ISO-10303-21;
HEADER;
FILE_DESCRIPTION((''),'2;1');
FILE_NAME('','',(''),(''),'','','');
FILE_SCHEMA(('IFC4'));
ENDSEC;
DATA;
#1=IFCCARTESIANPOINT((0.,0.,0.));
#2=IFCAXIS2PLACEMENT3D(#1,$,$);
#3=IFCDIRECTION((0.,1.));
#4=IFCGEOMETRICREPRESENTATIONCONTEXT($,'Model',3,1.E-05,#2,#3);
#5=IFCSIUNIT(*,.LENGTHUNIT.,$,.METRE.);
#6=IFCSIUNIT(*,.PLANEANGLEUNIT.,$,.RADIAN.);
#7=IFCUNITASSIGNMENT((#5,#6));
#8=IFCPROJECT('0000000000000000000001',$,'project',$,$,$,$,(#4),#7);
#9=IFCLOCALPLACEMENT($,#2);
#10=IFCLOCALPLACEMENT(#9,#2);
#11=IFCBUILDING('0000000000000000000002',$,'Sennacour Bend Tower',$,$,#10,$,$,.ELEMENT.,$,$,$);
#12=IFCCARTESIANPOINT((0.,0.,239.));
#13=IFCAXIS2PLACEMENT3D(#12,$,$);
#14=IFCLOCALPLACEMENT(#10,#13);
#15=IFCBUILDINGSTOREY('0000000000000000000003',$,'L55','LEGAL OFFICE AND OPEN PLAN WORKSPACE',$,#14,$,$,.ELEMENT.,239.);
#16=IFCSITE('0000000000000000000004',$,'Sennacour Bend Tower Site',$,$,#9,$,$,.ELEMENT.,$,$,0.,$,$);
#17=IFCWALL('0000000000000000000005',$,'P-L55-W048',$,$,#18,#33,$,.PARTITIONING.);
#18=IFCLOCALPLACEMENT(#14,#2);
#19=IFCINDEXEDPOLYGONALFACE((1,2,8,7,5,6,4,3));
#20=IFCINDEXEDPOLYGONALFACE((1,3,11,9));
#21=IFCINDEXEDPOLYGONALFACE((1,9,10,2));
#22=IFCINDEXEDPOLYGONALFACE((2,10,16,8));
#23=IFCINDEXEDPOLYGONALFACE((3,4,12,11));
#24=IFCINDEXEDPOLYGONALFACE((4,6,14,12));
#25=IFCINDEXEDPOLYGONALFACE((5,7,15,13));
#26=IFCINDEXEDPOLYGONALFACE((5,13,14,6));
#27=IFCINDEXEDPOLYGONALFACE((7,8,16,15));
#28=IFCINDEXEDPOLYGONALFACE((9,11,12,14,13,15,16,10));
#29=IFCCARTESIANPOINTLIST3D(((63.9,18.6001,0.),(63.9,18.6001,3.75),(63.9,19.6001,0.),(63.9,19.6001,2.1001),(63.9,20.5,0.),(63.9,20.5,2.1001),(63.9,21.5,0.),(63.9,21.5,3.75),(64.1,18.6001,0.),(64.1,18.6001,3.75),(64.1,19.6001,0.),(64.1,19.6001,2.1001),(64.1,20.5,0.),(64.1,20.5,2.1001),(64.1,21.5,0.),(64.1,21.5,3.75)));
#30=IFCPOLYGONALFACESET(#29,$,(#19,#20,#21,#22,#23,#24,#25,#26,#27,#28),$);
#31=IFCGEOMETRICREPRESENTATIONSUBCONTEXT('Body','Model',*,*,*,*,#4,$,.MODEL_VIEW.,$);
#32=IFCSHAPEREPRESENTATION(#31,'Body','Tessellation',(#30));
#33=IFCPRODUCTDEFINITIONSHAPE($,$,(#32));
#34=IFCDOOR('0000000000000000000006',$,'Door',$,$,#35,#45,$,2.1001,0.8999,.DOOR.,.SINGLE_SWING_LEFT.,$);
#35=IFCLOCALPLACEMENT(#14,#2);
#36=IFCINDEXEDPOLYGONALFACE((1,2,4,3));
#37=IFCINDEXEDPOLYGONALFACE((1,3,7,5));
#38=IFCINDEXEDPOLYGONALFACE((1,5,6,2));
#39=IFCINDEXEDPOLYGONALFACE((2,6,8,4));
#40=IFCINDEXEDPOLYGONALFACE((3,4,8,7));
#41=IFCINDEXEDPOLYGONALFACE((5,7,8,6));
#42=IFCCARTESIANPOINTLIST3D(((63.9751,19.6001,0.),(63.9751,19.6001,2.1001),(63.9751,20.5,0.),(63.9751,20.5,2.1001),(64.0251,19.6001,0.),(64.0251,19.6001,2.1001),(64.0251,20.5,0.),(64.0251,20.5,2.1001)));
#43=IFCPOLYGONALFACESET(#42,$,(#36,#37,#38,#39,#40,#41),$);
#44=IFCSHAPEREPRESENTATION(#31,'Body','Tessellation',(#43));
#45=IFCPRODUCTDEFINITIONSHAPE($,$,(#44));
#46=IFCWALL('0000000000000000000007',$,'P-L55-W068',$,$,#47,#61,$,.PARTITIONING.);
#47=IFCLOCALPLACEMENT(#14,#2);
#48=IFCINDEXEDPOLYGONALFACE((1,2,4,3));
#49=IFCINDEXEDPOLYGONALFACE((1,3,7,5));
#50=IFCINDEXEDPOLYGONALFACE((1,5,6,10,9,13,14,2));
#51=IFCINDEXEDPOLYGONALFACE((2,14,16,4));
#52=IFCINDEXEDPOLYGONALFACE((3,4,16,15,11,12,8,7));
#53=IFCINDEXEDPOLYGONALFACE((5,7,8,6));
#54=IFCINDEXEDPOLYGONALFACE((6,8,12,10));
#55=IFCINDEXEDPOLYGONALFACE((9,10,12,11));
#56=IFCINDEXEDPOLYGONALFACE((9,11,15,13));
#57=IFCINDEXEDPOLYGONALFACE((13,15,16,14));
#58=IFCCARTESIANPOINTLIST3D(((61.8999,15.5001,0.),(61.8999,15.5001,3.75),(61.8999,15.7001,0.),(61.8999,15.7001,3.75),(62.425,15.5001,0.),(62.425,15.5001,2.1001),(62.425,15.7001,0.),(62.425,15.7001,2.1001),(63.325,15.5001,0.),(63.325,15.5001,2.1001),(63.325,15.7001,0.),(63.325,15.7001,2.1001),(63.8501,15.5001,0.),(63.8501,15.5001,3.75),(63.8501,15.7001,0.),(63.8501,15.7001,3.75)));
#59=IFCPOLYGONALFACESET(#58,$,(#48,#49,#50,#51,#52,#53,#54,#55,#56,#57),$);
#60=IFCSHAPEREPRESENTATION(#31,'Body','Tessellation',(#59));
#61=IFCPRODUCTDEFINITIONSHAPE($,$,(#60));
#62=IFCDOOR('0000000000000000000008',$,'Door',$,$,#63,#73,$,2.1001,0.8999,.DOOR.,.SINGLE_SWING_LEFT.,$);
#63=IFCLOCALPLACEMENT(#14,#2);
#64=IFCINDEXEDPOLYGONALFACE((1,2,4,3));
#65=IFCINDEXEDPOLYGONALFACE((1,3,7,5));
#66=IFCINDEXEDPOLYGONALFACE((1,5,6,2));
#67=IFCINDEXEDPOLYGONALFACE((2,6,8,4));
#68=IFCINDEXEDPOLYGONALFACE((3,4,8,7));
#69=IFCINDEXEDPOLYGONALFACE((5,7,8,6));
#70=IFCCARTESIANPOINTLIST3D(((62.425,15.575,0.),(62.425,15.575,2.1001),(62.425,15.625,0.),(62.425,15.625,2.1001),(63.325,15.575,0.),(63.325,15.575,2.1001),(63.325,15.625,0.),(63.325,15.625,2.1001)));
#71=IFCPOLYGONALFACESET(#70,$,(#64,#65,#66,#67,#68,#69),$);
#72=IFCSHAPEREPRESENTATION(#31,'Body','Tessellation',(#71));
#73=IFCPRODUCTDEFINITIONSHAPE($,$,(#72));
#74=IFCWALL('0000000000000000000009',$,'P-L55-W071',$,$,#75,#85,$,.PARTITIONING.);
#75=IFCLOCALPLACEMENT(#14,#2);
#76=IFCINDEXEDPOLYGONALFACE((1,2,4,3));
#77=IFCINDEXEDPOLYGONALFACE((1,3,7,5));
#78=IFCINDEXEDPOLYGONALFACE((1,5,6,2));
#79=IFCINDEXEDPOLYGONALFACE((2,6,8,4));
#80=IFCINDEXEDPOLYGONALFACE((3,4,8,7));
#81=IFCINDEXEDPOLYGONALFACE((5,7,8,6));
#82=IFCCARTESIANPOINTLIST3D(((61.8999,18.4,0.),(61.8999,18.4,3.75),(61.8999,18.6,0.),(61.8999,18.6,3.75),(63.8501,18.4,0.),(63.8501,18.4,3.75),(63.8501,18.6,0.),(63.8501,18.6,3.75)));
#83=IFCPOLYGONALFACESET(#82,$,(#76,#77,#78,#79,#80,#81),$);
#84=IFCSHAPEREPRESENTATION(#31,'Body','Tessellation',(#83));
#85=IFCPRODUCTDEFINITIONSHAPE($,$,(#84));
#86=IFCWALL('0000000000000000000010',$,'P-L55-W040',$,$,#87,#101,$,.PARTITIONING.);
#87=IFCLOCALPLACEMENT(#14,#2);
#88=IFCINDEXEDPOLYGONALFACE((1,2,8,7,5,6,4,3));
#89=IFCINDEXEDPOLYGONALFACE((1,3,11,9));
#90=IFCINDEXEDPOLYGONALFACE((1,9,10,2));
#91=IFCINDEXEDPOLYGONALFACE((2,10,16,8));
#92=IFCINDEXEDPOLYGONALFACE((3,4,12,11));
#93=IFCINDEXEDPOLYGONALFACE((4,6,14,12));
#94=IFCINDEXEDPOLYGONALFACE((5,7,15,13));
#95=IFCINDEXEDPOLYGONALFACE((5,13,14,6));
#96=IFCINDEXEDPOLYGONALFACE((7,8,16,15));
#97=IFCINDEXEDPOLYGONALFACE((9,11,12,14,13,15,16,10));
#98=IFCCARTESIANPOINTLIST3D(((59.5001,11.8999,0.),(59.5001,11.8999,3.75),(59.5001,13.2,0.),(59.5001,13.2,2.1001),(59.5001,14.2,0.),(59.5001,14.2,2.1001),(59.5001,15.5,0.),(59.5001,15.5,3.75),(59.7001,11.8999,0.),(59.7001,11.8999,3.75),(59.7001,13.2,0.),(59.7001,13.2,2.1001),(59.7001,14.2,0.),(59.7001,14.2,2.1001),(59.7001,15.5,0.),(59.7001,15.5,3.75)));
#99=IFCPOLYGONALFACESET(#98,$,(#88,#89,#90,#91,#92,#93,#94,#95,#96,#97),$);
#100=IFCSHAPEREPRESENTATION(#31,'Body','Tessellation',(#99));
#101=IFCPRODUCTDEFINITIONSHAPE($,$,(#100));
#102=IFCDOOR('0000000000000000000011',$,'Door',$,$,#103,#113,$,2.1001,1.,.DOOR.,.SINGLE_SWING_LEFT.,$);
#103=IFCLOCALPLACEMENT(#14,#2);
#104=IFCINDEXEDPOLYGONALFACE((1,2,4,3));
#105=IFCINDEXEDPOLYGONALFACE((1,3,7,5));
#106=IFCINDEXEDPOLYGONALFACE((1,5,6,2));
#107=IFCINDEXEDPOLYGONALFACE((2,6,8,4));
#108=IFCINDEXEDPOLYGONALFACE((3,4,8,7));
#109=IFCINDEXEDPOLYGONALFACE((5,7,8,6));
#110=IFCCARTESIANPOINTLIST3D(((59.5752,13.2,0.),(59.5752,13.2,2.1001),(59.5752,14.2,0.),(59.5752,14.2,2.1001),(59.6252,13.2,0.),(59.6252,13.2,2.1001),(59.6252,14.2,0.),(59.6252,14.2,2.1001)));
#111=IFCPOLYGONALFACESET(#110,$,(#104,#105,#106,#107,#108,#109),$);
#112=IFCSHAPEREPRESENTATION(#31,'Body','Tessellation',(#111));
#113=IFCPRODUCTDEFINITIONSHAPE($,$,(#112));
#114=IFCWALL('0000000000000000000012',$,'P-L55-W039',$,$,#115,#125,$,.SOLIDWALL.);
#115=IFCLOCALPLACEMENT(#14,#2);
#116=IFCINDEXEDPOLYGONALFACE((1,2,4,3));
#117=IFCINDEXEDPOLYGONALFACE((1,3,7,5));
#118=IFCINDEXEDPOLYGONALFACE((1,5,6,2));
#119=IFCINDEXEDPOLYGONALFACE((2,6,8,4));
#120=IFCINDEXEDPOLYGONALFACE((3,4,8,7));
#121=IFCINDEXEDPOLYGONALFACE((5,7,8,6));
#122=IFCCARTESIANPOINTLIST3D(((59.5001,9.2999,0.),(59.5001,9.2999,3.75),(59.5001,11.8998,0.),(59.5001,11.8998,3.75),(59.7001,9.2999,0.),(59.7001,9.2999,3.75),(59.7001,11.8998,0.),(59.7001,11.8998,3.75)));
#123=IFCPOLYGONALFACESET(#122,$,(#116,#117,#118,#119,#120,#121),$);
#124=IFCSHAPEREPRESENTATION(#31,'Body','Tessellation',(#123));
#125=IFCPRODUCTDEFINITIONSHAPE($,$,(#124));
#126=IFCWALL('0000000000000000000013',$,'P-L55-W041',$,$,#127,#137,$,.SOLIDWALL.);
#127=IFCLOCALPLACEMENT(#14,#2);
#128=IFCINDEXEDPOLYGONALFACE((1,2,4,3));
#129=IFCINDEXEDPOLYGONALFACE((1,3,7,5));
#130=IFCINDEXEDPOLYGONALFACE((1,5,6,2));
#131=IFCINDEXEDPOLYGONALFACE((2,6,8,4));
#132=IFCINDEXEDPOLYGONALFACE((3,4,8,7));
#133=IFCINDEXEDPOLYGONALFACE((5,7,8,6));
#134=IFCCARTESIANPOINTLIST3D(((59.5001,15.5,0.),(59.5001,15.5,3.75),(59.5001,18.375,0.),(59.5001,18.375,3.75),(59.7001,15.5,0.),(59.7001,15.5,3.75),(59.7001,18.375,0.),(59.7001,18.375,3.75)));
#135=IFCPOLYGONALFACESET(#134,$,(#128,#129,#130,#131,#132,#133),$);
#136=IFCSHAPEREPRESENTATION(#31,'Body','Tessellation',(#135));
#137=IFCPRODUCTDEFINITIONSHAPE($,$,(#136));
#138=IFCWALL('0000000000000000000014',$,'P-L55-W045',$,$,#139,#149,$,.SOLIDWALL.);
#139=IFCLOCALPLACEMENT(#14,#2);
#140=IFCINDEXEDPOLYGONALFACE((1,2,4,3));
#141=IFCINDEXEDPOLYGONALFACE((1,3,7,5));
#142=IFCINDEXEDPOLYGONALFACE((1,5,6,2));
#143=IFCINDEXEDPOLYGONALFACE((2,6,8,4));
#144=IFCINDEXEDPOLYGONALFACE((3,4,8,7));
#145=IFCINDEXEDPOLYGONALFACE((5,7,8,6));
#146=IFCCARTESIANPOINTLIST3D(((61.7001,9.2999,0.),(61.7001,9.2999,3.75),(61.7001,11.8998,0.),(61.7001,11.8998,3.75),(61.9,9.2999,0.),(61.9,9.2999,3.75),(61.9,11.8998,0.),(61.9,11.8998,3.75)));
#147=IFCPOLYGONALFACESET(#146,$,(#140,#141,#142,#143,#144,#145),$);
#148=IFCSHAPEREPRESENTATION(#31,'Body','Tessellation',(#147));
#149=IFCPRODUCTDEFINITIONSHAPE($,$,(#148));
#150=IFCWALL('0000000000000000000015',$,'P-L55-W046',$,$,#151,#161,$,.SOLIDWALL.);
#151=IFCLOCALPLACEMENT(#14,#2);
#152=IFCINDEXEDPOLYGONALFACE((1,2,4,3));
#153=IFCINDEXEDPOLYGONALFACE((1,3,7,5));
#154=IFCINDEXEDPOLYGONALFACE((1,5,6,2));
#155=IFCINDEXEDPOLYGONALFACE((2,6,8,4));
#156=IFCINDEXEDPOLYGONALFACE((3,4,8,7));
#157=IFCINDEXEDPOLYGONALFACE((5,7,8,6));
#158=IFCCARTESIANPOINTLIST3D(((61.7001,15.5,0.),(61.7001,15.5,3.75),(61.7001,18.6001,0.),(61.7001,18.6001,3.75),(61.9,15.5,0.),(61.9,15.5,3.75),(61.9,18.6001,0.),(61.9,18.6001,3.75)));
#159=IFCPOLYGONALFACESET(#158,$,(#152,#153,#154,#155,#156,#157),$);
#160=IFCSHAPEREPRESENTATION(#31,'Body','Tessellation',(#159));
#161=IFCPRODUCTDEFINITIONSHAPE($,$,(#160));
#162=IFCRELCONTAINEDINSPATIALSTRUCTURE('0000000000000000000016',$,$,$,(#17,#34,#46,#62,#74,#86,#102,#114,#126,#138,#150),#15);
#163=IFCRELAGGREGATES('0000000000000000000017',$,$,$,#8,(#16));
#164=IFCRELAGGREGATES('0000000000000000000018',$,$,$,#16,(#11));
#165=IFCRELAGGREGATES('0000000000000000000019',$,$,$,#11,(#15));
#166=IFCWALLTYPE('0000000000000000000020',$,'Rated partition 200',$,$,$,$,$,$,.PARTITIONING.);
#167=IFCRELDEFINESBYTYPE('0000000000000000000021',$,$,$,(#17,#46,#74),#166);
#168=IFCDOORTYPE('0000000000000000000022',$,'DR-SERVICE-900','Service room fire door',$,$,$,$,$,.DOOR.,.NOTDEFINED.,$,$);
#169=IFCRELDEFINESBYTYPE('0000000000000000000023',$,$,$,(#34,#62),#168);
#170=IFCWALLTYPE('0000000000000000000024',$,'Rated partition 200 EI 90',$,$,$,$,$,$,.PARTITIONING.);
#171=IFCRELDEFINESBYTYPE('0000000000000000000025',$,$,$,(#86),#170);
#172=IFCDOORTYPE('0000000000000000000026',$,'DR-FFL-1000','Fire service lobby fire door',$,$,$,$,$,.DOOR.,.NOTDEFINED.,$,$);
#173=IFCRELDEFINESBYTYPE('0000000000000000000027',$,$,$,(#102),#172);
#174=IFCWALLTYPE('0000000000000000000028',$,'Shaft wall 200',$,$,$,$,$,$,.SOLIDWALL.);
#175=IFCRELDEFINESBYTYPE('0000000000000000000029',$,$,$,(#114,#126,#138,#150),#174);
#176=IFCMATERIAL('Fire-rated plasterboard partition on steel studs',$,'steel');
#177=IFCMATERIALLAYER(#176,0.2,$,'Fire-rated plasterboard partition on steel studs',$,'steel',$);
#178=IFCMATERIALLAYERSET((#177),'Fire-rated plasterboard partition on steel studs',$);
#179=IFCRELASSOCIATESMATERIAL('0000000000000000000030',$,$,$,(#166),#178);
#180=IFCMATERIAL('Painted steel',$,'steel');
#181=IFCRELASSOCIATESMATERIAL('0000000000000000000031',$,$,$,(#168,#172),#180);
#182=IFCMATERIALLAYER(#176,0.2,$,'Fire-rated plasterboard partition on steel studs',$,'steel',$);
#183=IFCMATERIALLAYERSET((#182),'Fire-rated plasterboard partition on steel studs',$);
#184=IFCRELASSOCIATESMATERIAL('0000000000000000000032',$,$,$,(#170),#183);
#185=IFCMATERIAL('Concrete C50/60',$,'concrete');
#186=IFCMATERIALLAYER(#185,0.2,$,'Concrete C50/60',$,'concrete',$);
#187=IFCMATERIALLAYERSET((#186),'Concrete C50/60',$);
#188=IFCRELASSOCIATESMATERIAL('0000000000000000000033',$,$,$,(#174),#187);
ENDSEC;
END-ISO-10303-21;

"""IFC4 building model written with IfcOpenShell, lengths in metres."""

from ifc_helpers import new_model, si_unit, direction, frame, frame_2d, origin, place, context, subcontext, project, spatial, rectangle, extrude, material, layer, layer_set, type_object, element, fill, save


model = new_model("IFC4")

# Units and contexts
model_context = context("Model", 3, precision=1e-05, world=origin(), true_north=direction((0.0, 1.0)))
body_context = subcontext(model_context, "Body", "Model", "MODEL_VIEW")
ifc_project = project(units=[si_unit("LENGTHUNIT", "METRE"), si_unit("PLANEANGLEUNIT", "RADIAN")], contexts=[model_context])

# Site, building, storey
site_placement = place(None, origin())
site = spatial("IfcSite", under=ifc_project, at=site_placement, Name="Sennacour Bend Tower Site", CompositionType="ELEMENT", RefElevation=0.0)
building_placement = place(site_placement, origin())
building = spatial("IfcBuilding", under=site, at=building_placement, Name="Sennacour Bend Tower", CompositionType="ELEMENT")
storey_placement = place(building_placement, frame((0.0, 0.0, 239.0)))
storey = spatial("IfcBuildingStorey", under=building, at=storey_placement, Name="L55", Description="LEGAL OFFICE AND OPEN PLAN WORKSPACE", CompositionType="ELEMENT", Elevation=239.0)

# Walls, openings, doors
ifc_material_1 = material(Name="Fire-rated plasterboard partition on steel studs", Category="steel")
ifc_layer_1 = layer(ifc_material_1, 0.2, Name="Fire-rated plasterboard partition on steel studs", Category="steel")
ifc_layer_set_1 = layer_set([ifc_layer_1], Name="Fire-rated plasterboard partition on steel studs")
wall_type_1 = type_object("IfcWallType", Name="Rated partition 200", PredefinedType="PARTITIONING", material=ifc_layer_set_1)
wall_1_placement = place(storey_placement, frame((64.0, 18.6001, 0.0), z_axis=(0.0, 0.0, 1.0), x_axis=(0.0, 1.0, 0.0)))
wall_1 = element("IfcWall", 1, at=wall_1_placement, inside=storey, type_object=wall_type_1, Name="P-L55-W048", PredefinedType="PARTITIONING", context=body_context, shape_type="SweptSolid", body=[
    extrude(rectangle(XDim=2.8999, YDim=0.2, at=frame_2d((1.45, 0.0))), origin(), (0.0, 0.0, 1.0), 3.75),
])
opening_1_placement = place(wall_1_placement, frame((1.0, 0.0, 0.0)))
opening_1 = element("IfcOpeningElement", 2, at=opening_1_placement, cuts=wall_1, PredefinedType="OPENING", context=body_context, shape_type="SweptSolid", body=[
    extrude(rectangle(XDim=0.8999, YDim=2.1001, at=frame_2d((0.45, 1.05))), frame((0.0, 0.1099, 0.0), z_axis=(0.0, -1.0, 0.0), x_axis=(1.0, 0.0, 0.0)), (0.0, 0.0, 1.0), 0.22),
])
ifc_material_2 = material(Name="Painted steel", Category="steel")
door_type_1 = type_object("IfcDoorType", Name="DR-SERVICE-900", Description="Service room fire door", OperationType="NOTDEFINED", PredefinedType="DOOR", material=ifc_material_2)
door_1_placement = place(opening_1_placement, origin())
door_1 = element("IfcDoor", 3, at=door_1_placement, inside=storey, type_object=door_type_1, Name="Door", OperationType="SINGLE_SWING_LEFT", OverallHeight=2.1001, OverallWidth=0.8999, PredefinedType="DOOR", context=body_context, shape_type="SweptSolid", body=[
    extrude(rectangle(XDim=0.8999, YDim=2.1001, at=frame_2d((0.45, 1.05))), frame((0.0, 0.0249, 0.0), z_axis=(0.0, -1.0, 0.0), x_axis=(1.0, 0.0, 0.0)), (0.0, 0.0, 1.0), 0.05),
])
fill(opening_1, door_1)
wall_2_placement = place(storey_placement, frame((61.8999, 15.6001, 0.0), z_axis=(0.0, 0.0, 1.0), x_axis=(1.0, 0.0, 0.0)))
wall_2 = element("IfcWall", 4, at=wall_2_placement, inside=storey, type_object=wall_type_1, Name="P-L55-W068", PredefinedType="PARTITIONING", context=body_context, shape_type="SweptSolid", body=[
    extrude(rectangle(XDim=1.9502, YDim=0.2, at=frame_2d((0.9751, 0.0))), origin(), (0.0, 0.0, 1.0), 3.75),
])
opening_2_placement = place(wall_2_placement, frame((0.5251, 0.0, 0.0)))
opening_2 = element("IfcOpeningElement", 5, at=opening_2_placement, cuts=wall_2, PredefinedType="OPENING", context=body_context, shape_type="SweptSolid", body=[
    extrude(rectangle(XDim=0.8999, YDim=2.1001, at=frame_2d((0.45, 1.05))), frame((0.0, 0.1099, 0.0), z_axis=(0.0, -1.0, 0.0), x_axis=(1.0, 0.0, 0.0)), (0.0, 0.0, 1.0), 0.22),
])
door_2_placement = place(opening_2_placement, origin())
door_2 = element("IfcDoor", 6, at=door_2_placement, inside=storey, type_object=door_type_1, Name="Door", OperationType="SINGLE_SWING_LEFT", OverallHeight=2.1001, OverallWidth=0.8999, PredefinedType="DOOR", context=body_context, shape_type="SweptSolid", body=[
    extrude(rectangle(XDim=0.8999, YDim=2.1001, at=frame_2d((0.45, 1.05))), frame((0.0, 0.0249, 0.0), z_axis=(0.0, -1.0, 0.0), x_axis=(1.0, 0.0, 0.0)), (0.0, 0.0, 1.0), 0.05),
])
fill(opening_2, door_2)

# Wall
wall_3_placement = place(storey_placement, frame((61.8999, 18.5, 0.0), z_axis=(0.0, 0.0, 1.0), x_axis=(1.0, 0.0, 0.0)))
element("IfcWall", 7, at=wall_3_placement, inside=storey, type_object=wall_type_1, Name="P-L55-W071", PredefinedType="PARTITIONING", context=body_context, shape_type="SweptSolid", body=[
    extrude(rectangle(XDim=1.9502, YDim=0.2, at=frame_2d((0.9751, 0.0))), origin(), (0.0, 0.0, 1.0), 3.75),
])

# Wall, opening, door
ifc_layer_2 = layer(ifc_material_1, 0.2, Name="Fire-rated plasterboard partition on steel studs", Category="steel")
ifc_layer_set_2 = layer_set([ifc_layer_2], Name="Fire-rated plasterboard partition on steel studs")
wall_type_2 = type_object("IfcWallType", Name="Rated partition 200 EI 90", PredefinedType="PARTITIONING", material=ifc_layer_set_2)
wall_4_placement = place(storey_placement, frame((59.6001, 11.8999, 0.0), z_axis=(0.0, 0.0, 1.0), x_axis=(0.0, 1.0, 0.0)))
wall_4 = element("IfcWall", 8, at=wall_4_placement, inside=storey, type_object=wall_type_2, Name="P-L55-W040", PredefinedType="PARTITIONING", context=body_context, shape_type="SweptSolid", body=[
    extrude(rectangle(XDim=3.6001, YDim=0.2, at=frame_2d((1.8, 0.0))), origin(), (0.0, 0.0, 1.0), 3.75),
])
opening_3_placement = place(wall_4_placement, frame((1.3, 0.0, 0.0)))
opening_3 = element("IfcOpeningElement", 9, at=opening_3_placement, cuts=wall_4, PredefinedType="OPENING", context=body_context, shape_type="SweptSolid", body=[
    extrude(rectangle(XDim=1.0, YDim=2.1001, at=frame_2d((0.5, 1.05))), frame((0.0, 0.1099, 0.0), z_axis=(0.0, -1.0, 0.0), x_axis=(1.0, 0.0, 0.0)), (0.0, 0.0, 1.0), 0.22),
])
door_type_2 = type_object("IfcDoorType", Name="DR-FFL-1000", Description="Fire service lobby fire door", OperationType="NOTDEFINED", PredefinedType="DOOR", material=ifc_material_2)
door_3_placement = place(opening_3_placement, origin())
door_3 = element("IfcDoor", 10, at=door_3_placement, inside=storey, type_object=door_type_2, Name="Door", OperationType="SINGLE_SWING_LEFT", OverallHeight=2.1001, OverallWidth=1.0, PredefinedType="DOOR", context=body_context, shape_type="SweptSolid", body=[
    extrude(rectangle(XDim=1.0, YDim=2.1001, at=frame_2d((0.5, 1.05))), frame((0.0, 0.0249, 0.0), z_axis=(0.0, -1.0, 0.0), x_axis=(1.0, 0.0, 0.0)), (0.0, 0.0, 1.0), 0.05),
])
fill(opening_3, door_3)

# Walls
ifc_material_3 = material(Name="Concrete C50/60", Category="concrete")
ifc_layer_3 = layer(ifc_material_3, 0.2, Name="Concrete C50/60", Category="concrete")
ifc_layer_set_3 = layer_set([ifc_layer_3], Name="Concrete C50/60")
wall_type_3 = type_object("IfcWallType", Name="Shaft wall 200", PredefinedType="SOLIDWALL", material=ifc_layer_set_3)
wall_5_placement = place(storey_placement, frame((59.6001, 9.3, 0.0), z_axis=(0.0, 0.0, 1.0), x_axis=(0.0, 1.0, 0.0)))
element("IfcWall", 11, at=wall_5_placement, inside=storey, type_object=wall_type_3, Name="P-L55-W039", PredefinedType="SOLIDWALL", context=body_context, shape_type="SweptSolid", body=[
    extrude(rectangle(XDim=2.5999, YDim=0.2, at=frame_2d((1.2998, 0.0))), origin(), (0.0, 0.0, 1.0), 3.75),
])
wall_6_placement = place(storey_placement, frame((59.6001, 15.5, 0.0), z_axis=(0.0, 0.0, 1.0), x_axis=(0.0, 1.0, 0.0)))
element("IfcWall", 12, at=wall_6_placement, inside=storey, type_object=wall_type_3, Name="P-L55-W041", PredefinedType="SOLIDWALL", context=body_context, shape_type="SweptSolid", body=[
    extrude(rectangle(XDim=2.875, YDim=0.2, at=frame_2d((1.4375, 0.0))), origin(), (0.0, 0.0, 1.0), 3.75),
])
wall_7_placement = place(storey_placement, frame((61.8, 9.3, 0.0), z_axis=(0.0, 0.0, 1.0), x_axis=(0.0, 1.0, 0.0)))
element("IfcWall", 13, at=wall_7_placement, inside=storey, type_object=wall_type_3, Name="P-L55-W045", PredefinedType="SOLIDWALL", context=body_context, shape_type="SweptSolid", body=[
    extrude(rectangle(XDim=2.5999, YDim=0.2, at=frame_2d((1.2998, 0.0))), origin(), (0.0, 0.0, 1.0), 3.75),
])
wall_8_placement = place(storey_placement, frame((61.8, 15.5, 0.0), z_axis=(0.0, 0.0, 1.0), x_axis=(0.0, 1.0, 0.0)))
element("IfcWall", 14, at=wall_8_placement, inside=storey, type_object=wall_type_3, Name="P-L55-W046", PredefinedType="SOLIDWALL", context=body_context, shape_type="SweptSolid", body=[
    extrude(rectangle(XDim=3.1001, YDim=0.2, at=frame_2d((1.55, 0.0))), origin(), (0.0, 0.0, 1.0), 3.75),
])

save(model, "model.ifc")
